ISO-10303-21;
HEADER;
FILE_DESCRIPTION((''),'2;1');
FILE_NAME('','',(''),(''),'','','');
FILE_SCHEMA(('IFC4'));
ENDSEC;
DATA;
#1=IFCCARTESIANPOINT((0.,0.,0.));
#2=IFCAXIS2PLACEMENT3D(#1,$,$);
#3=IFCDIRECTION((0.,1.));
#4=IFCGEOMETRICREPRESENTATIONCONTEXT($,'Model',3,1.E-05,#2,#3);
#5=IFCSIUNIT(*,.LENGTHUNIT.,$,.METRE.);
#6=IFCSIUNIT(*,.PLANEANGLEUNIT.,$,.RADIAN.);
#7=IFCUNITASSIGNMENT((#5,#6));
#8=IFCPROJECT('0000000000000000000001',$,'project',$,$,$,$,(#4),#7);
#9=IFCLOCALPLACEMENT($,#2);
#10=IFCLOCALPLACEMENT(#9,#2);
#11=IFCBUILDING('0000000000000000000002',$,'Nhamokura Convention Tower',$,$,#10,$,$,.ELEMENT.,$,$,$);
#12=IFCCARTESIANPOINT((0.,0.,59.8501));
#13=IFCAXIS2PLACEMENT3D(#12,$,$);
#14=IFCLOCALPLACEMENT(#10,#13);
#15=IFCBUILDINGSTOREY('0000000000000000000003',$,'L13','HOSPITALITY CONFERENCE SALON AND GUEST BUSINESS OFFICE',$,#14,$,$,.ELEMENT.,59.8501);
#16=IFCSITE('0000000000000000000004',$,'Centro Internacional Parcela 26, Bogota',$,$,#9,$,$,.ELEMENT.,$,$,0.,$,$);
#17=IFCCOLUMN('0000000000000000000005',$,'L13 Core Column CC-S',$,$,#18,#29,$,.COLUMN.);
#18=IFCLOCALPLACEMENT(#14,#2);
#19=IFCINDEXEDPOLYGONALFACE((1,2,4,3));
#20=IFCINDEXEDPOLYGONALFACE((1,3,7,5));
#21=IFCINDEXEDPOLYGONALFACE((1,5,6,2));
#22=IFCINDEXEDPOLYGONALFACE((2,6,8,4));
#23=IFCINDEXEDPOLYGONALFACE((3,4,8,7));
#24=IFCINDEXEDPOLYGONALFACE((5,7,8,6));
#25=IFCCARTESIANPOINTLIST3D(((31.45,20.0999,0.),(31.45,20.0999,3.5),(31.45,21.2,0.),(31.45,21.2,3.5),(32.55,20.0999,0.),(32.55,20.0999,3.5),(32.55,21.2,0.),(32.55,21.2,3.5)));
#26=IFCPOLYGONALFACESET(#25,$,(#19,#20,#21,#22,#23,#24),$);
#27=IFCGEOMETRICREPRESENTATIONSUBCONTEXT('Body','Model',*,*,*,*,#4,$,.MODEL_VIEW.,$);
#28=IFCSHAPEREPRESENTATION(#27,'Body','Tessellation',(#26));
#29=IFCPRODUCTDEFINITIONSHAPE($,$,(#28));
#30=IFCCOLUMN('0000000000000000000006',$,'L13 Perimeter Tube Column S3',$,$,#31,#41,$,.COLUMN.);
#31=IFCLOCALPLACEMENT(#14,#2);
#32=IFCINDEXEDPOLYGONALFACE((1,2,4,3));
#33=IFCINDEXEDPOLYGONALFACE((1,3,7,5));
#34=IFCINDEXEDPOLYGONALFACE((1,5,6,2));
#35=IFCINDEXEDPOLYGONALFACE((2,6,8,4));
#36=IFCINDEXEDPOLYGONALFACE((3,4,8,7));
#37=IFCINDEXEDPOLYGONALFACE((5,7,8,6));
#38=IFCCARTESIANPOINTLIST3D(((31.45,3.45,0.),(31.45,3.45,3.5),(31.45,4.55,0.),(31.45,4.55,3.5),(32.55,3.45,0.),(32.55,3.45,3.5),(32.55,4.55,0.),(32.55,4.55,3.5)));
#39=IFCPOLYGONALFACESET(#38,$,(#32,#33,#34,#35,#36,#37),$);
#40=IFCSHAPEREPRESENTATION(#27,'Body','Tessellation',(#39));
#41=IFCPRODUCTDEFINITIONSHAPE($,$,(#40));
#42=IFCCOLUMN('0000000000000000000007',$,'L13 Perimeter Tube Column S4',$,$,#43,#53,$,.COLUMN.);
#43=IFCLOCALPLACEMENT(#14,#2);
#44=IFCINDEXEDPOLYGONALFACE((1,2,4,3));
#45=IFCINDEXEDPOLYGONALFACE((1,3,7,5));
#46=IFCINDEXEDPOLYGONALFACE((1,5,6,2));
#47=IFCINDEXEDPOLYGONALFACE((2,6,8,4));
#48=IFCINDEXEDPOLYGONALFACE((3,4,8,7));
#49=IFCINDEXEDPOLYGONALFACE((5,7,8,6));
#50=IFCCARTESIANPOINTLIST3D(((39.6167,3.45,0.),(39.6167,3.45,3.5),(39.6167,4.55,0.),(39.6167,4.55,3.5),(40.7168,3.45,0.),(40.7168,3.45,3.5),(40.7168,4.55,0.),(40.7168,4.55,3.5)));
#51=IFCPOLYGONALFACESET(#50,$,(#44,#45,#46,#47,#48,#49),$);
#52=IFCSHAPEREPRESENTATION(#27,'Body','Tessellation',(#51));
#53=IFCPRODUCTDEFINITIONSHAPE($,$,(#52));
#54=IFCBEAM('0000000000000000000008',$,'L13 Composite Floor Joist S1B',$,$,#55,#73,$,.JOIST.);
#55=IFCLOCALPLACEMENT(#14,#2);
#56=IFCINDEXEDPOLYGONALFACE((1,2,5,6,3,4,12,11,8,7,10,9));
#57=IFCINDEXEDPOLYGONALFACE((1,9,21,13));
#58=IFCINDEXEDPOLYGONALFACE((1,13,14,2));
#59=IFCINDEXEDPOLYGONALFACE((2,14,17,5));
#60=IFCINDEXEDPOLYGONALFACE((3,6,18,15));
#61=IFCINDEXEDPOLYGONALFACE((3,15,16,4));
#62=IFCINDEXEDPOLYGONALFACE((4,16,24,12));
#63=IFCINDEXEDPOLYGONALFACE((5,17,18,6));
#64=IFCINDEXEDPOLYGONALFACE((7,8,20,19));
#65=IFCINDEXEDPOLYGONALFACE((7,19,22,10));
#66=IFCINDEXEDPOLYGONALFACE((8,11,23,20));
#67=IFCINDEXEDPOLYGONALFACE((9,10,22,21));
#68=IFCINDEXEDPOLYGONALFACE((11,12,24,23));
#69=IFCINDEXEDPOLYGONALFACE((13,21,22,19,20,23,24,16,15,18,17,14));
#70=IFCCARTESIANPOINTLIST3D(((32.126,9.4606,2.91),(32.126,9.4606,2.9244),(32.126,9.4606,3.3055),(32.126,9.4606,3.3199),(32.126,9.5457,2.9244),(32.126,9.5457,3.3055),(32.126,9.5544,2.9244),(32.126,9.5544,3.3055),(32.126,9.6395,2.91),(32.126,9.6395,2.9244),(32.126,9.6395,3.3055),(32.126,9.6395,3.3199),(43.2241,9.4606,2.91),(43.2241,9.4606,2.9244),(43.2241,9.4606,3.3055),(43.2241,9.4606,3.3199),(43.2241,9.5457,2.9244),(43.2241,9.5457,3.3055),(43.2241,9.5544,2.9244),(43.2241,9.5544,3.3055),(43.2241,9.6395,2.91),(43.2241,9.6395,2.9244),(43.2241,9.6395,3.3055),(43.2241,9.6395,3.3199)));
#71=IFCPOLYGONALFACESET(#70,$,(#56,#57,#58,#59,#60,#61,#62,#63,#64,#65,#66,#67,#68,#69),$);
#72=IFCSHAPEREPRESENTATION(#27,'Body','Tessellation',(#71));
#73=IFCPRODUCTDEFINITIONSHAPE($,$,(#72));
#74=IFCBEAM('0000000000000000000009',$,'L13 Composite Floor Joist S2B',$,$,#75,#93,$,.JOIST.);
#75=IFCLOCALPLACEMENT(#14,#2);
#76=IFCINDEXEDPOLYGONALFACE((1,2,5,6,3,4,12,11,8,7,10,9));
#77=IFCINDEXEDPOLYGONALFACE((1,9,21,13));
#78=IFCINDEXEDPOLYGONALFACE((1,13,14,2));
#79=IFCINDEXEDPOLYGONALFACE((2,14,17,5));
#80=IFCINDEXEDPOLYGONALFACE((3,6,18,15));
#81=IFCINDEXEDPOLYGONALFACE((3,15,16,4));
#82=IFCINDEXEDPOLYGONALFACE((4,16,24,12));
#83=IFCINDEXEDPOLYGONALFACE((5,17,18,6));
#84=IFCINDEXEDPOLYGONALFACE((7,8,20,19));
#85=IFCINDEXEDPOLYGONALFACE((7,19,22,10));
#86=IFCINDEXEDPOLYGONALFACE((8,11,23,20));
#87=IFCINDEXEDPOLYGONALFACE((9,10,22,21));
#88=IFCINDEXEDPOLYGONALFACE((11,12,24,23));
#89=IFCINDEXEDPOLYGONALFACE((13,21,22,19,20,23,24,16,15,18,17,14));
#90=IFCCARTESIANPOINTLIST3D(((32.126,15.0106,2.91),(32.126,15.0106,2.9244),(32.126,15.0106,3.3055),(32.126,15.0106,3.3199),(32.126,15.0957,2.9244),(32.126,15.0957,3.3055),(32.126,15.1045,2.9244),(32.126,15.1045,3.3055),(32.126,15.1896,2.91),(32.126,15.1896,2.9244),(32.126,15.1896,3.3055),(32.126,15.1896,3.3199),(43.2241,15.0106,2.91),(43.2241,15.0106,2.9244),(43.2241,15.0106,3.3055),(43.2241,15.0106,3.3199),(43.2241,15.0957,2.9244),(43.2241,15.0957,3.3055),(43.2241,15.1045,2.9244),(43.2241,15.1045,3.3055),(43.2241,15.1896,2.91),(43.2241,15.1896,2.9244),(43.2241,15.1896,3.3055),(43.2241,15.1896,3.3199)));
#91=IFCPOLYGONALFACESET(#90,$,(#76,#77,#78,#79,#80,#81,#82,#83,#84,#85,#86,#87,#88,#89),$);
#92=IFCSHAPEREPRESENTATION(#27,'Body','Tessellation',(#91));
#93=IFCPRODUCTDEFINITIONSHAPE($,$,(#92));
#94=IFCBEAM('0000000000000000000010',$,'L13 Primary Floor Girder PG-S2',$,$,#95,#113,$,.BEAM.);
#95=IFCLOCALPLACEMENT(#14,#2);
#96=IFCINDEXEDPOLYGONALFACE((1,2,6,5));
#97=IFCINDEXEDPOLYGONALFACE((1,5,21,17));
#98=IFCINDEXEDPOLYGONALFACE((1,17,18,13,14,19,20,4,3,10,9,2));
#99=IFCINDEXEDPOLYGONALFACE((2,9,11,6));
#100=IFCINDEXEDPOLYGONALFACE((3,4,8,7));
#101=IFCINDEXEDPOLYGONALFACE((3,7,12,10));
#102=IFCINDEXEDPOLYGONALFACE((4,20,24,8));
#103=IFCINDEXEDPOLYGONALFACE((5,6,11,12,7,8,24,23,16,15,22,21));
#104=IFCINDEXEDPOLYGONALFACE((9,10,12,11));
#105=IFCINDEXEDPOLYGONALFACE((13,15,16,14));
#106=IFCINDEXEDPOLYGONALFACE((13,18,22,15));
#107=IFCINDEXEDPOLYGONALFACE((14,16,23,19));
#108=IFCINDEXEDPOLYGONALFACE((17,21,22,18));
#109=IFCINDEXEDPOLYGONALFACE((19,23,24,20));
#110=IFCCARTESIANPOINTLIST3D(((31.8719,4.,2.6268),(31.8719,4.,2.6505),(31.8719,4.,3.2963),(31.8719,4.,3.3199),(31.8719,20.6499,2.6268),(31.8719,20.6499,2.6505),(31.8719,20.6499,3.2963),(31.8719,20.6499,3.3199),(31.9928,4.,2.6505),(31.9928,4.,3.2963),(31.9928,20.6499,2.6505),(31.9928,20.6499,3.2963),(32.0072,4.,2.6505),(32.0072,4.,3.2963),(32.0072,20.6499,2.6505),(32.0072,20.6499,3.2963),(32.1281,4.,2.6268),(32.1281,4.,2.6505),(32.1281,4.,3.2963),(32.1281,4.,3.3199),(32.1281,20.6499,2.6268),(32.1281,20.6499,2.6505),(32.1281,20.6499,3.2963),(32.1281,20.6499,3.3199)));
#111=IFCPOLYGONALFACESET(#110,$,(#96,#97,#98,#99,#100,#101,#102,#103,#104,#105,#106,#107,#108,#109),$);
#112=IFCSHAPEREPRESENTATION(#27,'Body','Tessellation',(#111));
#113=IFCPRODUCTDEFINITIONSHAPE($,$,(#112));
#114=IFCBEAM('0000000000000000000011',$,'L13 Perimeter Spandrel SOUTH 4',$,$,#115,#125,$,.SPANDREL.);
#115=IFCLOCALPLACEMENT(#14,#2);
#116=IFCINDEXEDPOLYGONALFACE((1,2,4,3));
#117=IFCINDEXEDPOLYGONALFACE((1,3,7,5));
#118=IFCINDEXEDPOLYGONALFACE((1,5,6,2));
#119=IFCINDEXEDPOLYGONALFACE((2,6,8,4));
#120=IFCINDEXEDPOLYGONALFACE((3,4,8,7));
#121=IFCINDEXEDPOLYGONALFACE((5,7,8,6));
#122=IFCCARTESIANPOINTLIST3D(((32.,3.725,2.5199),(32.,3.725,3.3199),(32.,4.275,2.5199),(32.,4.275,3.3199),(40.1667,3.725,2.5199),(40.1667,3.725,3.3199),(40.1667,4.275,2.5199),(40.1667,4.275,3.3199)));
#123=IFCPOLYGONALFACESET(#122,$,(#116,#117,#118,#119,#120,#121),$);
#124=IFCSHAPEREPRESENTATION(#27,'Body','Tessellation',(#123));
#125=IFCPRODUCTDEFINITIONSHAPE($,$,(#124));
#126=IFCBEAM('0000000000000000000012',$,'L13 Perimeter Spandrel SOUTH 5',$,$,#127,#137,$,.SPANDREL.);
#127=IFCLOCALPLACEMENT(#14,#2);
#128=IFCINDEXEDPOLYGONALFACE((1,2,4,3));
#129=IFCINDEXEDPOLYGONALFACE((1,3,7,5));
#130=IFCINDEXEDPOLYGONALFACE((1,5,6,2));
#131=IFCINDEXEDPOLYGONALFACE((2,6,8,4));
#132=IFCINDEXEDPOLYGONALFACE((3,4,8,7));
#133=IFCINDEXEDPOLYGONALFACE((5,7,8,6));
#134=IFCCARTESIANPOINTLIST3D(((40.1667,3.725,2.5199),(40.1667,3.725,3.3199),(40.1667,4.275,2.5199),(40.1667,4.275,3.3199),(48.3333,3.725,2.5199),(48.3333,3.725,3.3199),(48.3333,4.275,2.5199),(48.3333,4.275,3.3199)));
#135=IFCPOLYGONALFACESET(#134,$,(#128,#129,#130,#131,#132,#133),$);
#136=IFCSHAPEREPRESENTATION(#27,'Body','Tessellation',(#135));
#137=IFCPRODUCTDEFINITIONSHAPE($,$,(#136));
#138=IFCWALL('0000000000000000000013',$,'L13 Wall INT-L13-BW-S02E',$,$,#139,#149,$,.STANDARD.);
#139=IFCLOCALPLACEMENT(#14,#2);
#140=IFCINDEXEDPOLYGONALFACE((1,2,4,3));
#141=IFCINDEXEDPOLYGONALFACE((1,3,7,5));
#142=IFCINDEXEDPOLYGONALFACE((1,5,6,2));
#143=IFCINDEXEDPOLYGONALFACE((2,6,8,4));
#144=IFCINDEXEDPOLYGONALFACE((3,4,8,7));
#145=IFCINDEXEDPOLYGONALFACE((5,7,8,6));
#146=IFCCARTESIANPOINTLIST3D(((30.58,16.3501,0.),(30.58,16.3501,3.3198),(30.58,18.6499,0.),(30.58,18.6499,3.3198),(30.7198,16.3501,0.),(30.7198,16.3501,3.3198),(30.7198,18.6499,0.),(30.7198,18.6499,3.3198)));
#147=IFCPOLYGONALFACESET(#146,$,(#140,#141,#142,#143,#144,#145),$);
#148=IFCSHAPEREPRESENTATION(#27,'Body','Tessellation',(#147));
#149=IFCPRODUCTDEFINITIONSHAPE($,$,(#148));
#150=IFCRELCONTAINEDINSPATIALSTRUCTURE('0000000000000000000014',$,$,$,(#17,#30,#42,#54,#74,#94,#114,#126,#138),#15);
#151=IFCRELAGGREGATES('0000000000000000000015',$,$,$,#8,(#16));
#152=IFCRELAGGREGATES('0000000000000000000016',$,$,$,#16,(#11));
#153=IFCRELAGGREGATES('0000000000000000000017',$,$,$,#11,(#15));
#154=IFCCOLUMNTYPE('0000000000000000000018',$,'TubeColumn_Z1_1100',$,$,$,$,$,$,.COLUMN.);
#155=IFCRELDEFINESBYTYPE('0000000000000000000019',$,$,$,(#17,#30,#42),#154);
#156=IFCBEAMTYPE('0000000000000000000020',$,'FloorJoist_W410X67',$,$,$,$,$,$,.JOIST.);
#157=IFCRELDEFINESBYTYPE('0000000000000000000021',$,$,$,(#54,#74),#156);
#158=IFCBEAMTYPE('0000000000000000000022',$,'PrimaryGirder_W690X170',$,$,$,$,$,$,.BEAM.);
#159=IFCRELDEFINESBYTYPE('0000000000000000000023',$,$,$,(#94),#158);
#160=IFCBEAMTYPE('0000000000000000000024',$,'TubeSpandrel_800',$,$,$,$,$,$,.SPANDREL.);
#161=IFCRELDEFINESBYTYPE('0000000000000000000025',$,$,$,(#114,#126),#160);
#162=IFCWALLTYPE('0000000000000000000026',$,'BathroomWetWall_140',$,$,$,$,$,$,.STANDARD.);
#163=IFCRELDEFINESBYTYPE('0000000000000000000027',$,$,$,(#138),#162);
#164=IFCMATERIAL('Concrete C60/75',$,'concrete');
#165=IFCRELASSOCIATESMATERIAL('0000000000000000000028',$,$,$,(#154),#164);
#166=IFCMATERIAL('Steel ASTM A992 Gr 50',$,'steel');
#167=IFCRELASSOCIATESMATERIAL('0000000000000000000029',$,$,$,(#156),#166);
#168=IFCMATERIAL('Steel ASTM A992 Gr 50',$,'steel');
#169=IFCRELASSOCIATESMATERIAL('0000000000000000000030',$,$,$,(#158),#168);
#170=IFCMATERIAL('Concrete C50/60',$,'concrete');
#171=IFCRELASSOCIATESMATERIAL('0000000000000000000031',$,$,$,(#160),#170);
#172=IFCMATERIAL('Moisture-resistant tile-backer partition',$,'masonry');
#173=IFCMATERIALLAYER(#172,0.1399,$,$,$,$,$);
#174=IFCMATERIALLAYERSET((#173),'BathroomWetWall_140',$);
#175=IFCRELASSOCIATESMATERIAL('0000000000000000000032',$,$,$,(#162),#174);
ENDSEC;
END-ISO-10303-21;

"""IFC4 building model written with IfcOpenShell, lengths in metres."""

from ifc_helpers import new_model, si_unit, direction, frame, frame_2d, origin, origin_2d, place, context, subcontext, project, spatial, rectangle, i_section, extrude, material, layer, layer_set, material_profile, profile_set, type_object, element, save


model = new_model("IFC4")

# Units and contexts
model_context = context("Model", 3, precision=1e-05, world=origin(), true_north=direction((0.0, 1.0)))
body_context = subcontext(model_context, "Body", "Model", "MODEL_VIEW")
ifc_project = project(units=[si_unit("LENGTHUNIT", "METRE"), si_unit("PLANEANGLEUNIT", "RADIAN")], contexts=[model_context])

# Site, building, storey
site_placement = place(None, origin())
site = spatial("IfcSite", under=ifc_project, at=site_placement, Name="Centro Internacional Parcela 26, Bogota", CompositionType="ELEMENT", RefElevation=0.0)
building_placement = place(site_placement, origin())
building = spatial("IfcBuilding", under=site, at=building_placement, Name="Nhamokura Convention Tower", CompositionType="ELEMENT")
storey_placement = place(building_placement, frame((0.0, 0.0, 59.8501)))
storey = spatial("IfcBuildingStorey", under=building, at=storey_placement, Name="L13", Description="HOSPITALITY CONFERENCE SALON AND GUEST BUSINESS OFFICE", CompositionType="ELEMENT", Elevation=59.8501)

# Columns
ifc_material_1 = material(Name="Concrete C60/75", Category="concrete")
ifc_material_profile_1 = material_profile(ifc_material_1, rectangle(XDim=1.1001, YDim=1.1001, at=origin_2d()))
ifc_profile_set_1 = profile_set([ifc_material_profile_1], Name="Concrete C60/75")
column_type = type_object("IfcColumnType", Name="TubeColumn_Z1_1100", PredefinedType="COLUMN", material=ifc_profile_set_1)
for number, where, z_axis, x_axis, name in (
    (1, (32.0, 20.6499, 0.0), (0.0, 0.0, 1.0), (1.0, 0.0, 0.0), "L13 Core Column CC-S"),
    (2, (32.0, 4.0, 0.0), (0.0, 0.0, 1.0), (1.0, 0.0, 0.0), "L13 Perimeter Tube Column S3"),
    (3, (40.1667, 4.0, 0.0), (0.0, 0.0, 1.0), (1.0, 0.0, 0.0), "L13 Perimeter Tube Column S4"),
):
    element("IfcColumn", number, at=place(storey_placement, frame(where, z_axis=z_axis, x_axis=x_axis)), inside=storey, type_object=column_type, Name=name, PredefinedType="COLUMN", context=body_context, shape_type="SweptSolid", body=[
        extrude(rectangle(XDim=1.1001, YDim=1.1001, at=origin_2d()), origin(), (0.0, 0.0, 1.0), 3.5),
    ])

# Beams
ifc_material_2 = material(Name="Steel ASTM A992 Gr 50", Category="steel")
ifc_material_profile_2 = material_profile(ifc_material_2, i_section(OverallWidth=0.179, OverallDepth=0.4099, WebThickness=0.0088, FlangeThickness=0.0144, at=origin_2d()))
ifc_profile_set_2 = profile_set([ifc_material_profile_2], Name="Steel ASTM A992 Gr 50")
beam_type_1 = type_object("IfcBeamType", Name="FloorJoist_W410X67", PredefinedType="JOIST", material=ifc_profile_set_2)
for number, where, z_axis, x_axis, name in (
    (4, (32.126, 9.55, 3.115), (1.0, 0.0, 0.0), (0.0, 1.0, 0.0), "L13 Composite Floor Joist S1B"),
    (5, (32.126, 15.1001, 3.115), (1.0, 0.0, 0.0), (0.0, 1.0, 0.0), "L13 Composite Floor Joist S2B"),
):
    element("IfcBeam", number, at=place(storey_placement, frame(where, z_axis=z_axis, x_axis=x_axis)), inside=storey, type_object=beam_type_1, Name=name, PredefinedType="JOIST", context=body_context, shape_type="SweptSolid", body=[
        extrude(i_section(OverallWidth=0.179, OverallDepth=0.4099, WebThickness=0.0088, FlangeThickness=0.0144, at=origin_2d()), origin(), (0.0, 0.0, 1.0), 11.0981),
    ])
ifc_material_3 = material(Name="Steel ASTM A992 Gr 50", Category="steel")
ifc_material_profile_3 = material_profile(ifc_material_3, i_section(OverallWidth=0.2561, OverallDepth=0.6931, WebThickness=0.0144, FlangeThickness=0.0237, at=origin_2d()))
ifc_profile_set_3 = profile_set([ifc_material_profile_3], Name="Steel ASTM A992 Gr 50")
beam_type_2 = type_object("IfcBeamType", Name="PrimaryGirder_W690X170", PredefinedType="BEAM", material=ifc_profile_set_3)
beam_1_placement = place(storey_placement, frame((32.0, 4.0, 2.9734), z_axis=(0.0, 1.0, 0.0), x_axis=(-1.0, 0.0, 0.0)))
element("IfcBeam", 6, at=beam_1_placement, inside=storey, type_object=beam_type_2, Name="L13 Primary Floor Girder PG-S2", PredefinedType="BEAM", context=body_context, shape_type="SweptSolid", body=[
    extrude(i_section(OverallWidth=0.2561, OverallDepth=0.6931, WebThickness=0.0144, FlangeThickness=0.0237, at=origin_2d()), origin(), (0.0, 0.0, 1.0), 16.6499),
])
ifc_material_4 = material(Name="Concrete C50/60", Category="concrete")
ifc_material_profile_4 = material_profile(ifc_material_4, rectangle(XDim=0.55, YDim=0.8, at=origin_2d()))
ifc_profile_set_4 = profile_set([ifc_material_profile_4], Name="Concrete C50/60")
beam_type_3 = type_object("IfcBeamType", Name="TubeSpandrel_800", PredefinedType="SPANDREL", material=ifc_profile_set_4)
beam_2_placement = place(storey_placement, frame((32.0, 4.0, 2.9199), z_axis=(1.0, 0.0, 0.0), x_axis=(0.0, 1.0, 0.0)))
element("IfcBeam", 7, at=beam_2_placement, inside=storey, type_object=beam_type_3, Name="L13 Perimeter Spandrel SOUTH 4", PredefinedType="SPANDREL", context=body_context, shape_type="SweptSolid", body=[
    extrude(rectangle(XDim=0.55, YDim=0.8, at=origin_2d()), origin(), (0.0, 0.0, 1.0), 8.1667),
])
beam_3_placement = place(storey_placement, frame((40.1667, 4.0, 2.9199), z_axis=(1.0, 0.0, 0.0), x_axis=(0.0, 1.0, 0.0)))
element("IfcBeam", 8, at=beam_3_placement, inside=storey, type_object=beam_type_3, Name="L13 Perimeter Spandrel SOUTH 5", PredefinedType="SPANDREL", context=body_context, shape_type="SweptSolid", body=[
    extrude(rectangle(XDim=0.55, YDim=0.8, at=origin_2d()), origin(), (0.0, 0.0, 1.0), 8.1665),
])

# Wall
ifc_material_5 = material(Name="Moisture-resistant tile-backer partition", Category="masonry")
ifc_layer_1 = layer(ifc_material_5, 0.1399)
ifc_layer_set_1 = layer_set([ifc_layer_1], Name="BathroomWetWall_140")
wall_type_1 = type_object("IfcWallType", Name="BathroomWetWall_140", PredefinedType="STANDARD", material=ifc_layer_set_1)
wall_1_placement = place(storey_placement, frame((30.6499, 16.3501, 0.0), z_axis=(0.0, 0.0, 1.0), x_axis=(0.0, 1.0, 0.0)))
element("IfcWall", 9, at=wall_1_placement, inside=storey, type_object=wall_type_1, Name="L13 Wall INT-L13-BW-S02E", PredefinedType="STANDARD", context=body_context, shape_type="SweptSolid", body=[
    extrude(rectangle(XDim=2.2998, YDim=0.1399, at=frame_2d((1.1499, 0.0))), origin(), (0.0, 0.0, 1.0), 3.3198),
])

save(model, "model.ifc")
